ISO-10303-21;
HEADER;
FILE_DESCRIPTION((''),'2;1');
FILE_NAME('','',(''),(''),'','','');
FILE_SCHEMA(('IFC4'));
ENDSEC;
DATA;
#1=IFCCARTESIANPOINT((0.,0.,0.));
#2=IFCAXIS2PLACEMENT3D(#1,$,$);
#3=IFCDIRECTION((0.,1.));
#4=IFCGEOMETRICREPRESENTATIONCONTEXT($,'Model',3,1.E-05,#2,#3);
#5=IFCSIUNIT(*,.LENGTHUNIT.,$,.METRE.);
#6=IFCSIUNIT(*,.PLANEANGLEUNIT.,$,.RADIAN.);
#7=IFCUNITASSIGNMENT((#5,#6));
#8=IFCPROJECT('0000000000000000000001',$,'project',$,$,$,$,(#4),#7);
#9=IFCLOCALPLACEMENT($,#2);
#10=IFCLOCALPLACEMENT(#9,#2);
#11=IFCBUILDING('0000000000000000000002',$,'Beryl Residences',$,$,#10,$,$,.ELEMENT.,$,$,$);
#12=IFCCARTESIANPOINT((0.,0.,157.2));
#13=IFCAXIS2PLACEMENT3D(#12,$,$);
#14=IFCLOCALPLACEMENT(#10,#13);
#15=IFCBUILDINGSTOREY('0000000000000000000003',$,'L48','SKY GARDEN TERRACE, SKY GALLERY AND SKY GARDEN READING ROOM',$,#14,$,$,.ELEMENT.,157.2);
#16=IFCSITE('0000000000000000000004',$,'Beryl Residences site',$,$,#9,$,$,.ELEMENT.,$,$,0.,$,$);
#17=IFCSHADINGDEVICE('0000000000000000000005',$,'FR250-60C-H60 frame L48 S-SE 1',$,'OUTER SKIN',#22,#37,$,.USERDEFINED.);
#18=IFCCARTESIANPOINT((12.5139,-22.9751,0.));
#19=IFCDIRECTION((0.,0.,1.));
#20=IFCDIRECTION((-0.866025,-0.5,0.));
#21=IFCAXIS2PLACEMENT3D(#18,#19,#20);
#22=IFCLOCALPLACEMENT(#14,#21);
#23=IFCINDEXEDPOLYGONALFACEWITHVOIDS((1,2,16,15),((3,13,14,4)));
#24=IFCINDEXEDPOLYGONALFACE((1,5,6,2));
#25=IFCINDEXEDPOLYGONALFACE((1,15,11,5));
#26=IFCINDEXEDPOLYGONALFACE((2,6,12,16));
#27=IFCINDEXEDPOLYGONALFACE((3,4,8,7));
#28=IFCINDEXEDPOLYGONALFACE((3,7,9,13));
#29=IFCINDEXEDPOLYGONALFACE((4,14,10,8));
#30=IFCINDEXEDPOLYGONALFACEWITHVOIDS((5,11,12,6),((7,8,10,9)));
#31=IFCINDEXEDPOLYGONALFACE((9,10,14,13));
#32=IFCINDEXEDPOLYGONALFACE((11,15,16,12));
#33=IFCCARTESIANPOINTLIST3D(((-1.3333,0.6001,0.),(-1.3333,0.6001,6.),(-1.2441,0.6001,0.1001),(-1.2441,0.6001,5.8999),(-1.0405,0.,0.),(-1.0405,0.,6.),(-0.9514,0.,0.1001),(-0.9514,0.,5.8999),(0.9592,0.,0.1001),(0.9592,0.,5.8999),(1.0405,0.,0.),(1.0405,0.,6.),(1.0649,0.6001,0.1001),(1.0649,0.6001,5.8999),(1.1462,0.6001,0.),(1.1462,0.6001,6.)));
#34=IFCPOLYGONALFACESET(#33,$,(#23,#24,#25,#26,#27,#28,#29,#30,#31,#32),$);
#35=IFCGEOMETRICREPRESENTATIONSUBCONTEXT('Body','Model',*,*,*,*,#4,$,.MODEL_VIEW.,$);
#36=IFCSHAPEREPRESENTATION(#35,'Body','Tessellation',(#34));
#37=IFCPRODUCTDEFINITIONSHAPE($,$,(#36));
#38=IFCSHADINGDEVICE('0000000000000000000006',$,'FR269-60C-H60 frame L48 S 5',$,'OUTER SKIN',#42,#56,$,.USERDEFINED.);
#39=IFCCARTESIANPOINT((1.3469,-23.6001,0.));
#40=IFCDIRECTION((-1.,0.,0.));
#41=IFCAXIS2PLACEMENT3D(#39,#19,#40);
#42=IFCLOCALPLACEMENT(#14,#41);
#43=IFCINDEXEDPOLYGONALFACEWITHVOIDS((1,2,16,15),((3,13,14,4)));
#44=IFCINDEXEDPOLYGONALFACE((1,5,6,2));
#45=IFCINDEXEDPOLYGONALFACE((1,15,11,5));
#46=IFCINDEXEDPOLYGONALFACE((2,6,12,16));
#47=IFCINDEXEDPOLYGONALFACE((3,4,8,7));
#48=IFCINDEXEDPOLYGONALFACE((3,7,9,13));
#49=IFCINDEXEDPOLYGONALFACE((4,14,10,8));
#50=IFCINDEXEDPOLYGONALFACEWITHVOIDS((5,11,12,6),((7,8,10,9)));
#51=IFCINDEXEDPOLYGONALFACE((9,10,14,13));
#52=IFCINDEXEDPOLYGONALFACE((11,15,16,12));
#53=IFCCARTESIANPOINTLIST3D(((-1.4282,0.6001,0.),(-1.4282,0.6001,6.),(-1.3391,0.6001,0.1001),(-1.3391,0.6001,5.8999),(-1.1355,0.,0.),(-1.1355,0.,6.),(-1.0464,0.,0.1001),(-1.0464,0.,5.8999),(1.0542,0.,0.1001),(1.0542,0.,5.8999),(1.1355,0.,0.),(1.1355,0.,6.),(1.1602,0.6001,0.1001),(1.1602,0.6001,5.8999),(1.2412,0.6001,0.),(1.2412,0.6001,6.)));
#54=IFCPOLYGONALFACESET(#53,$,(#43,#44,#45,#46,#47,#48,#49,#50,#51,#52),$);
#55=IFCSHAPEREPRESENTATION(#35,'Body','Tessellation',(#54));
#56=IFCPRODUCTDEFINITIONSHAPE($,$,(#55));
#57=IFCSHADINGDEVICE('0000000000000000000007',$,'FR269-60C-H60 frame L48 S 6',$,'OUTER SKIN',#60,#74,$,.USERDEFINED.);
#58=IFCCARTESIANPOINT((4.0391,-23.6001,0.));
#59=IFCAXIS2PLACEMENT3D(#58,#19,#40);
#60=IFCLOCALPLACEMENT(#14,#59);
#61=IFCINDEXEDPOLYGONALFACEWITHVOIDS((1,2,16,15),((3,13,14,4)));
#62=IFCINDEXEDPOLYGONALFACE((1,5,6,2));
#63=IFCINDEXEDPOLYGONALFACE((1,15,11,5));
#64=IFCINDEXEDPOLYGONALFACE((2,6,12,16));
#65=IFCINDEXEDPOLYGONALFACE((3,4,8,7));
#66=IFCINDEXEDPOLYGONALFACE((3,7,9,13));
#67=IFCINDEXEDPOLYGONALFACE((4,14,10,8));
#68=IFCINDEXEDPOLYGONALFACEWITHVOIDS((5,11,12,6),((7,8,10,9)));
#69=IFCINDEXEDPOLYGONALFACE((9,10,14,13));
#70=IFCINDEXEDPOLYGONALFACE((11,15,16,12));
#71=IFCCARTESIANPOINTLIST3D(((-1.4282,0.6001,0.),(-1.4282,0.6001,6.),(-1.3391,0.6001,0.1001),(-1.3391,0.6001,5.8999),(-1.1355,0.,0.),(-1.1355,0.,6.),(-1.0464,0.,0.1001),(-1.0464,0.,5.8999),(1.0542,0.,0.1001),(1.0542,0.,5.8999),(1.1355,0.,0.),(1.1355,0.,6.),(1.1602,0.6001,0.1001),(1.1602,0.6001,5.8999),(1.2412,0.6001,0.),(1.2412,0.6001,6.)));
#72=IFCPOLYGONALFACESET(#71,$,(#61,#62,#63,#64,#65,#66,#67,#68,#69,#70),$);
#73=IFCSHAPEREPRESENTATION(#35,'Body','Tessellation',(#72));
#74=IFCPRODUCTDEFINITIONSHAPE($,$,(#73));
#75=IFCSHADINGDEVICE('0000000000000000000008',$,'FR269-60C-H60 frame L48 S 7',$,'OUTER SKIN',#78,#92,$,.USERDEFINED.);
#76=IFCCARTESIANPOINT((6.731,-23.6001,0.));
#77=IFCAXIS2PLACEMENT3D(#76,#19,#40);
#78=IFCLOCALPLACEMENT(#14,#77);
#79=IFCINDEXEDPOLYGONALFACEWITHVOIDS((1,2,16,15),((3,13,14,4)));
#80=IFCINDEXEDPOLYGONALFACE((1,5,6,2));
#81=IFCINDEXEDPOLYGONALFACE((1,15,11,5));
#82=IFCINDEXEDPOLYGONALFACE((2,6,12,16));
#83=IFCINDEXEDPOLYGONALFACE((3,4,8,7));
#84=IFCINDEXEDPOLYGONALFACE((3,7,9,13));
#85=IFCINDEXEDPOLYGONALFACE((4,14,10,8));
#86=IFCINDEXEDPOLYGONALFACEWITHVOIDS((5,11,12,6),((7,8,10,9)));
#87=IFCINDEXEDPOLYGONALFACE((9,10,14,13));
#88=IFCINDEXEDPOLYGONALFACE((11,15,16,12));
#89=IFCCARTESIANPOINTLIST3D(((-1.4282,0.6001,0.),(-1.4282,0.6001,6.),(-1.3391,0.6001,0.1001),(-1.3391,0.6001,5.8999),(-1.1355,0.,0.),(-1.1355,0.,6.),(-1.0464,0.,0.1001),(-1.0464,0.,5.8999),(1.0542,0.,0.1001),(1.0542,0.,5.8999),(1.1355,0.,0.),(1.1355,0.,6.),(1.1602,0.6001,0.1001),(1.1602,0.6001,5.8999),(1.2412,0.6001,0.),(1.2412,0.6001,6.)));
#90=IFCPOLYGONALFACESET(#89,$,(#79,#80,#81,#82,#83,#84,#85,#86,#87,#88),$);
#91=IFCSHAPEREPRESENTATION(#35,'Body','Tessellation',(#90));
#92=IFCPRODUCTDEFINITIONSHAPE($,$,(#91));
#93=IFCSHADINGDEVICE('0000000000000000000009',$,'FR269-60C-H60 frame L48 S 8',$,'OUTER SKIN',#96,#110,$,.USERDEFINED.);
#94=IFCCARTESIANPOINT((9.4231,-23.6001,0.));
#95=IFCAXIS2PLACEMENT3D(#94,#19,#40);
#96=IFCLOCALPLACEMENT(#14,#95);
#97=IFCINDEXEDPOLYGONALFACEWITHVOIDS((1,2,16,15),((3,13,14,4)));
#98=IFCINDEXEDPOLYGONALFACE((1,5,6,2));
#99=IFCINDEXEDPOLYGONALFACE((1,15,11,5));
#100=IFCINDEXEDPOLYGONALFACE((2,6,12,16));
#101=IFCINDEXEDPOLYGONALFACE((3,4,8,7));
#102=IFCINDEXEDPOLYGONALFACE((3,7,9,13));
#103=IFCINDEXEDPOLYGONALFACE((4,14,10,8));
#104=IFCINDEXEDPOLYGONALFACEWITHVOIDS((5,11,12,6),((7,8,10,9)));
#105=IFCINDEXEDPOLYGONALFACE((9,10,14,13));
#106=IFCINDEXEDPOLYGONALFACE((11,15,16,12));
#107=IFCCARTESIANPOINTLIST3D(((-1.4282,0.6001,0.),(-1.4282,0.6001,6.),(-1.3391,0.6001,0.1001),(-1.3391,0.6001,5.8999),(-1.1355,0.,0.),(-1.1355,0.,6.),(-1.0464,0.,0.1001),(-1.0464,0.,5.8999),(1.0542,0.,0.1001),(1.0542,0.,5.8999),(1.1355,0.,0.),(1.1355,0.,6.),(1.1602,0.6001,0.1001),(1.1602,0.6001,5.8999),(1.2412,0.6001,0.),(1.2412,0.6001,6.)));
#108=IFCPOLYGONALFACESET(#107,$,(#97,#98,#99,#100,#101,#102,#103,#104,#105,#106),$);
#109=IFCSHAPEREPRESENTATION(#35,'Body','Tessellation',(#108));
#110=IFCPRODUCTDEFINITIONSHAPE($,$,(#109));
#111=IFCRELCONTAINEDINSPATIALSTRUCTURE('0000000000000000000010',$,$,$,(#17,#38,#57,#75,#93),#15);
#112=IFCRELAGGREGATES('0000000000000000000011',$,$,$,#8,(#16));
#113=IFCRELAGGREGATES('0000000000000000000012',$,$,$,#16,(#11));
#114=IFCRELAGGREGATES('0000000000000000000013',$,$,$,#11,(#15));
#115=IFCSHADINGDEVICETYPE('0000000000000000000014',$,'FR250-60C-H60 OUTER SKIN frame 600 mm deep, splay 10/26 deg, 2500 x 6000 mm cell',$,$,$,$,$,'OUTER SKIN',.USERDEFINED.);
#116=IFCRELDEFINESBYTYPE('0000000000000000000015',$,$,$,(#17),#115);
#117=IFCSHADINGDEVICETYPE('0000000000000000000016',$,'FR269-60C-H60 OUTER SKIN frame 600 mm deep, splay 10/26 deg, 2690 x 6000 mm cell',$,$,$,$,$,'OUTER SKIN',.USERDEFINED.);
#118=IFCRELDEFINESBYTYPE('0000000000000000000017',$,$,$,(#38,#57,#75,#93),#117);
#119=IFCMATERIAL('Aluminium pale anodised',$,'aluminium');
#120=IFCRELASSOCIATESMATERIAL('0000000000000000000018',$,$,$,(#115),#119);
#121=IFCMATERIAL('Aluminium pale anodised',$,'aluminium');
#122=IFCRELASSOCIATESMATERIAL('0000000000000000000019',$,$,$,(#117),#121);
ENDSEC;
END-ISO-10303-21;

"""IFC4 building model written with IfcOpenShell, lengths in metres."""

from ifc_helpers import new_model, entity, si_unit, direction, frame, origin, place, context, subcontext, project, spatial, source, transform, mapped, material, type_object, type_shapes, element, save


model = new_model("IFC4")

# Units and contexts
model_context = context("Model", 3, precision=1e-05, world=origin(), true_north=direction((0.0, 1.0)))
body_context = subcontext(model_context, "Body", "Model", "MODEL_VIEW")
ifc_project = project(units=[si_unit("LENGTHUNIT", "METRE"), si_unit("PLANEANGLEUNIT", "RADIAN")], contexts=[model_context])

# Site, building, storey
site_placement = place(None, origin())
site = spatial("IfcSite", under=ifc_project, at=site_placement, Name="Beryl Residences site", CompositionType="ELEMENT", RefElevation=0.0)
building_placement = place(site_placement, origin())
building = spatial("IfcBuilding", under=site, at=building_placement, Name="Beryl Residences", CompositionType="ELEMENT")
storey_placement = place(building_placement, frame((0.0, 0.0, 157.2)))
storey = spatial("IfcBuildingStorey", under=building, at=storey_placement, Name="L48", Description="SKY GARDEN TERRACE, SKY GALLERY AND SKY GARDEN READING ROOM", CompositionType="ELEMENT", Elevation=157.2)

# Shading devices
ifc_material_1 = material(Name="Aluminium pale anodised", Category="aluminium")
shading_device_type_1 = type_object("IfcShadingDeviceType", Name="FR250-60C-H60 OUTER SKIN frame 600 mm deep, splay 10/26 deg, 2500 x 6000 mm cell", ElementType="OUTER SKIN", PredefinedType="USERDEFINED", material=ifc_material_1)
cartesian_point_1 = entity("IfcCartesianPoint", [-1.0405, 0.0])
cartesian_point_2 = entity("IfcCartesianPoint", [-0.9592, 0.1001])
cartesian_point_3 = entity("IfcCartesianPoint", [-1.1462, 0.0])
cartesian_point_4 = entity("IfcCartesianPoint", [-1.0649, 0.1001])
shared_shape_1 = source(origin(), body_context, "Body", "SweptSolid", [
    entity("IfcExtrudedAreaSolidTapered", entity("IfcArbitraryProfileDefWithVoids", "AREA", None, entity("IfcPolyline", [cartesian_point_1, entity("IfcCartesianPoint", [1.0405, 0.0]), entity("IfcCartesianPoint", [1.0405, 6.0]), entity("IfcCartesianPoint", [-1.0405, 6.0]), cartesian_point_1]), [entity("IfcPolyline", [cartesian_point_2, entity("IfcCartesianPoint", [0.9514, 0.1001]), entity("IfcCartesianPoint", [0.9514, 5.8999]), entity("IfcCartesianPoint", [-0.9592, 5.8999]), cartesian_point_2])]), entity("IfcAxis2Placement3D", entity("IfcCartesianPoint", [0.0, 0.0, 0.0]), entity("IfcDirection", [0.0, 1.0, 0.0]), entity("IfcDirection", [-1.0, 0.0, 0.0])), entity("IfcDirection", [0.0, 0.0, 1.0]), 0.6001, entity("IfcArbitraryProfileDefWithVoids", "AREA", None, entity("IfcPolyline", [cartesian_point_3, entity("IfcCartesianPoint", [1.3333, 0.0]), entity("IfcCartesianPoint", [1.3333, 6.0]), entity("IfcCartesianPoint", [-1.1462, 6.0]), cartesian_point_3]), [entity("IfcPolyline", [cartesian_point_4, entity("IfcCartesianPoint", [1.2441, 0.1001]), entity("IfcCartesianPoint", [1.2441, 5.8999]), entity("IfcCartesianPoint", [-1.0649, 5.8999]), cartesian_point_4])])),
])
type_shapes(shading_device_type_1, [shared_shape_1])
shading_device_placement = place(storey_placement, frame((12.5139, -22.9751, 0.0), z_axis=(0.0, 0.0, 1.0), x_axis=(-0.866025, -0.5, 0.0)))
element("IfcShadingDevice", 1, at=shading_device_placement, inside=storey, type_object=shading_device_type_1, Name="FR250-60C-H60 frame L48 S-SE 1", ObjectType="OUTER SKIN", PredefinedType="USERDEFINED", context=body_context, shape_type="MappedRepresentation", body=[
    mapped(shared_shape_1, transform((0.0, 0.0, 0.0))),
])
ifc_material_2 = material(Name="Aluminium pale anodised", Category="aluminium")
shading_device_type_2 = type_object("IfcShadingDeviceType", Name="FR269-60C-H60 OUTER SKIN frame 600 mm deep, splay 10/26 deg, 2690 x 6000 mm cell", ElementType="OUTER SKIN", PredefinedType="USERDEFINED", material=ifc_material_2)
cartesian_point_5 = entity("IfcCartesianPoint", [-1.1355, 0.0])
cartesian_point_6 = entity("IfcCartesianPoint", [-1.0542, 0.1001])
cartesian_point_7 = entity("IfcCartesianPoint", [-1.2412, 0.0])
cartesian_point_8 = entity("IfcCartesianPoint", [-1.1602, 0.1001])
shared_shape_2 = source(origin(), body_context, "Body", "SweptSolid", [
    entity("IfcExtrudedAreaSolidTapered", entity("IfcArbitraryProfileDefWithVoids", "AREA", None, entity("IfcPolyline", [cartesian_point_5, entity("IfcCartesianPoint", [1.1355, 0.0]), entity("IfcCartesianPoint", [1.1355, 6.0]), entity("IfcCartesianPoint", [-1.1355, 6.0]), cartesian_point_5]), [entity("IfcPolyline", [cartesian_point_6, entity("IfcCartesianPoint", [1.0464, 0.1001]), entity("IfcCartesianPoint", [1.0464, 5.8999]), entity("IfcCartesianPoint", [-1.0542, 5.8999]), cartesian_point_6])]), entity("IfcAxis2Placement3D", entity("IfcCartesianPoint", [0.0, 0.0, 0.0]), entity("IfcDirection", [0.0, 1.0, 0.0]), entity("IfcDirection", [-1.0, 0.0, 0.0])), entity("IfcDirection", [0.0, 0.0, 1.0]), 0.6001, entity("IfcArbitraryProfileDefWithVoids", "AREA", None, entity("IfcPolyline", [cartesian_point_7, entity("IfcCartesianPoint", [1.4282, 0.0]), entity("IfcCartesianPoint", [1.4282, 6.0]), entity("IfcCartesianPoint", [-1.2412, 6.0]), cartesian_point_7]), [entity("IfcPolyline", [cartesian_point_8, entity("IfcCartesianPoint", [1.3391, 0.1001]), entity("IfcCartesianPoint", [1.3391, 5.8999]), entity("IfcCartesianPoint", [-1.1602, 5.8999]), cartesian_point_8])])),
])
type_shapes(shading_device_type_2, [shared_shape_2])
for number, where, z_axis, x_axis, name in (
    (2, (1.3469, -23.6001, 0.0), (0.0, 0.0, 1.0), (-1.0, 0.0, 0.0), "FR269-60C-H60 frame L48 S 5"),
    (3, (4.0391, -23.6001, 0.0), (0.0, 0.0, 1.0), (-1.0, 0.0, 0.0), "FR269-60C-H60 frame L48 S 6"),
    (4, (6.731, -23.6001, 0.0), (0.0, 0.0, 1.0), (-1.0, 0.0, 0.0), "FR269-60C-H60 frame L48 S 7"),
    (5, (9.4231, -23.6001, 0.0), (0.0, 0.0, 1.0), (-1.0, 0.0, 0.0), "FR269-60C-H60 frame L48 S 8"),
):
    element("IfcShadingDevice", number, at=place(storey_placement, frame(where, z_axis=z_axis, x_axis=x_axis)), inside=storey, type_object=shading_device_type_2, Name=name, ObjectType="OUTER SKIN", PredefinedType="USERDEFINED", context=body_context, shape_type="MappedRepresentation", body=[
        mapped(shared_shape_2, transform((0.0, 0.0, 0.0))),
    ])

save(model, "model.ifc")
